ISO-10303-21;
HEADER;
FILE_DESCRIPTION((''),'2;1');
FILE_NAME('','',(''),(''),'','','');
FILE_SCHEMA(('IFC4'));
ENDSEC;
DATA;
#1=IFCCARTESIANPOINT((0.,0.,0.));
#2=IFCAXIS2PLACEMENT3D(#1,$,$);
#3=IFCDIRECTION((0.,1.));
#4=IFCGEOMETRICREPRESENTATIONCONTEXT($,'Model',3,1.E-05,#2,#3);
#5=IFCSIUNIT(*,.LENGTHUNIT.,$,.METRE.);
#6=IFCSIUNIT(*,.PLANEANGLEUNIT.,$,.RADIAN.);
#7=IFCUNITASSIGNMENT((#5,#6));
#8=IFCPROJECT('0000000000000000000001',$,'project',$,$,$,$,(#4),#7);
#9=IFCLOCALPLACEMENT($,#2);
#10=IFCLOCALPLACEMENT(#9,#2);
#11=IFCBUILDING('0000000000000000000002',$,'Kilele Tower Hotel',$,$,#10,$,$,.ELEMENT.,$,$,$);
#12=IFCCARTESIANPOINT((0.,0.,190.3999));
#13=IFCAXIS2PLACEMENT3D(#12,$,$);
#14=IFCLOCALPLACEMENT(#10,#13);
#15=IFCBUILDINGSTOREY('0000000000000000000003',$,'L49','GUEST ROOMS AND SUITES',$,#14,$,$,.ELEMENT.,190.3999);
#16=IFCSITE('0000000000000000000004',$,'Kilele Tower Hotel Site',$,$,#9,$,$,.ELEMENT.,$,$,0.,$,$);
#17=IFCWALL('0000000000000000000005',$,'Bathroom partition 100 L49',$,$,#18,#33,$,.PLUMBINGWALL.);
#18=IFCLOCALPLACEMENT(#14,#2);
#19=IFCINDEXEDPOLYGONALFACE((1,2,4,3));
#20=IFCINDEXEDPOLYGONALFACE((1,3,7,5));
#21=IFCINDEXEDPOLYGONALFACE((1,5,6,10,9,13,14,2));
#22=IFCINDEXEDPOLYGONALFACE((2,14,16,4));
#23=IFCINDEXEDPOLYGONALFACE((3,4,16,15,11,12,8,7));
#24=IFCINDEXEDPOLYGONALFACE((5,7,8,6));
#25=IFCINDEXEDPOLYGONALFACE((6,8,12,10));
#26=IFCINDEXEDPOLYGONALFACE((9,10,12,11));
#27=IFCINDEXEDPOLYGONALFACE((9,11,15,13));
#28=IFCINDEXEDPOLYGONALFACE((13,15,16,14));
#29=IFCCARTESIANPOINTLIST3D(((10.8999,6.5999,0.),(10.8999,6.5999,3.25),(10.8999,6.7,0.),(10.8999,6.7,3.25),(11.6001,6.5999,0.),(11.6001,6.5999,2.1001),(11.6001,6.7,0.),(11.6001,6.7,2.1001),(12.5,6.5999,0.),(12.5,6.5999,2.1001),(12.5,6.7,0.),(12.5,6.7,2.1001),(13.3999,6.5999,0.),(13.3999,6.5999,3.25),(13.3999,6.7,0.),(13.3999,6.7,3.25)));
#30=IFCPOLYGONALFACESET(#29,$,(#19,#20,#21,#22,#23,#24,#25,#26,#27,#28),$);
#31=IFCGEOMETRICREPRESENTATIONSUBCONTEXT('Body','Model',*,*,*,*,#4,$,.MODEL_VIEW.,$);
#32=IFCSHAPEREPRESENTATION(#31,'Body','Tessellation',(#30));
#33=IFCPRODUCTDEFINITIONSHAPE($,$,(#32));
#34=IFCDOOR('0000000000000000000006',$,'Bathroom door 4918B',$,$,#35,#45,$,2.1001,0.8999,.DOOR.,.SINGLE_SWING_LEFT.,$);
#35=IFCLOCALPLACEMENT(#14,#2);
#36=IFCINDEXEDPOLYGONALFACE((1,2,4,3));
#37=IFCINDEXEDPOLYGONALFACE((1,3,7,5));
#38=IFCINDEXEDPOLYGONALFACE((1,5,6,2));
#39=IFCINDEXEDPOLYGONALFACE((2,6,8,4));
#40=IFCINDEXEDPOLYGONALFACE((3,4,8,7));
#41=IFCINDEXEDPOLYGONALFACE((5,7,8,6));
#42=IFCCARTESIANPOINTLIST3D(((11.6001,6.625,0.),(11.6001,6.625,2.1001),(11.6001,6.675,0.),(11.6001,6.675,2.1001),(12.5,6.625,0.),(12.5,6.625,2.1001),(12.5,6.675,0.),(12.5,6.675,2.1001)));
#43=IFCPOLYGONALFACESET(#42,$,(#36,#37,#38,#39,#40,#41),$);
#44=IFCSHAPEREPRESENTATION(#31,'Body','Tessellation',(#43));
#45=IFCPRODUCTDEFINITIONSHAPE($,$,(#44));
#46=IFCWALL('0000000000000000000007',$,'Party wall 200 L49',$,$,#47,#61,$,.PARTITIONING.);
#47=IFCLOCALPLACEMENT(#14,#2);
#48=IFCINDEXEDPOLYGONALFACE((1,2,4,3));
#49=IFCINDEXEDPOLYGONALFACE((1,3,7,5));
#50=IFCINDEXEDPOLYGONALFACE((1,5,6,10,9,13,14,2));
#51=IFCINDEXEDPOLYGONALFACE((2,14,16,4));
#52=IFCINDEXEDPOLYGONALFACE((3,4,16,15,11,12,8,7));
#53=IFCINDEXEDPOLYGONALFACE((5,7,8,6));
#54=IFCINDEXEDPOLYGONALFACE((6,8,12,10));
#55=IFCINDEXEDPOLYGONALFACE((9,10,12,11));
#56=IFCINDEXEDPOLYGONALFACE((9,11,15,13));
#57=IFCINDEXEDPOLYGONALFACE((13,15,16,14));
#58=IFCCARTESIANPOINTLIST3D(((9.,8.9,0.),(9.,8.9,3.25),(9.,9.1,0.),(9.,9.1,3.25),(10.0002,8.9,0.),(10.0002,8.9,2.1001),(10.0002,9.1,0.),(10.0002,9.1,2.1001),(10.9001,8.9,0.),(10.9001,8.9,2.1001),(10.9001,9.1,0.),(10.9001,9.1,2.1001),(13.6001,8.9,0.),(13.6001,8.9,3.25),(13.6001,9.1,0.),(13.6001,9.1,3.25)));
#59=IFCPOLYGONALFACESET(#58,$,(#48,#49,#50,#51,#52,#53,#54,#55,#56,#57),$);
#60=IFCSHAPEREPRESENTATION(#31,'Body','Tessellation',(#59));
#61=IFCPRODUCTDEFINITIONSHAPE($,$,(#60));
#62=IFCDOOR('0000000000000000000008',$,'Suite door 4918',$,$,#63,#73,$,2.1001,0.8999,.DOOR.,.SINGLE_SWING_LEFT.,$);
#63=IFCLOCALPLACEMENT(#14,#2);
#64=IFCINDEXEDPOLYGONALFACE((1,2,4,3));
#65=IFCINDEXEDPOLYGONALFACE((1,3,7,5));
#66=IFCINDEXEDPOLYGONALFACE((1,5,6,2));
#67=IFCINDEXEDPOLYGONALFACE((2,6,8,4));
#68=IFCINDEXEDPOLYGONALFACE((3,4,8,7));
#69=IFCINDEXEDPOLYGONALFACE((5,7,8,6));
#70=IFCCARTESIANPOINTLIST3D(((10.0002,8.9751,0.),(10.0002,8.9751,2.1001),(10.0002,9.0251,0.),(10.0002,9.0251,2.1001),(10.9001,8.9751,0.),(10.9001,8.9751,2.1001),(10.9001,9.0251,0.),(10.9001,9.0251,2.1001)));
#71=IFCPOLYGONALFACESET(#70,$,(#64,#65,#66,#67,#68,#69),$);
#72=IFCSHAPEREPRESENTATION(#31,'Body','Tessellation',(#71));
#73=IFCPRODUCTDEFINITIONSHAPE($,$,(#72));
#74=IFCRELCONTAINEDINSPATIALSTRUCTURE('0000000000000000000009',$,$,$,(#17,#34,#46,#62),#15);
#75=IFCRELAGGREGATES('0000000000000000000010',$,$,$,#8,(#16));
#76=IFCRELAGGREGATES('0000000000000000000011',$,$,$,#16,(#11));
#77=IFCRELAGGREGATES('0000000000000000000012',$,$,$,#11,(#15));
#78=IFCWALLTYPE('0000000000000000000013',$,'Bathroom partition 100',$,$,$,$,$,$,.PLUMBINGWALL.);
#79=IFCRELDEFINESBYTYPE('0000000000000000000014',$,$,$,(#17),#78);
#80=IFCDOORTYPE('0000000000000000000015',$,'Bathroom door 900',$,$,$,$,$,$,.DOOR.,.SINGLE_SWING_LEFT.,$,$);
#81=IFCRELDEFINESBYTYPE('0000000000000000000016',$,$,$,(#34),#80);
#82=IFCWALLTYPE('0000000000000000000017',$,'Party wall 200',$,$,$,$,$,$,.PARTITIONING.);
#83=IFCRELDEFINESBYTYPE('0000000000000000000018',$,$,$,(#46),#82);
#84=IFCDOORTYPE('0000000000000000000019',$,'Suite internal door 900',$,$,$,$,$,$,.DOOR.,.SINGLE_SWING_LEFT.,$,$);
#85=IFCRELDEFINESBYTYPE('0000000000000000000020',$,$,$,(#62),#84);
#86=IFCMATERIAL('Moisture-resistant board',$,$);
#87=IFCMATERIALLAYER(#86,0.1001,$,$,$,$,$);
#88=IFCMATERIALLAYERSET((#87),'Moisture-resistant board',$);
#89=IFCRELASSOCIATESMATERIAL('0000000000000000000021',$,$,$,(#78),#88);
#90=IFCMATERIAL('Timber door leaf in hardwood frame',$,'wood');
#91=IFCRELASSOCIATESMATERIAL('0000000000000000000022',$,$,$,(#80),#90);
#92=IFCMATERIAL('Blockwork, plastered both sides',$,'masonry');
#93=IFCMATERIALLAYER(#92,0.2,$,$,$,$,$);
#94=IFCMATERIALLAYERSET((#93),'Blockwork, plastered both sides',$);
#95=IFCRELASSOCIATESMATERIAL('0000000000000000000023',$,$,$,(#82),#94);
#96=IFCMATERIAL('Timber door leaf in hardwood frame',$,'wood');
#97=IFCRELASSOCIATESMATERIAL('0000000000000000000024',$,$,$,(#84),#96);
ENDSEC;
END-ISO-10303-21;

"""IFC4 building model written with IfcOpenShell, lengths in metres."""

from ifc_helpers import new_model, si_unit, direction, frame, frame_2d, origin, place, context, subcontext, project, spatial, rectangle, extrude, material, layer, layer_set, type_object, element, fill, save


model = new_model("IFC4")

# Units and contexts
model_context = context("Model", 3, precision=1e-05, world=origin(), true_north=direction((0.0, 1.0)))
body_context = subcontext(model_context, "Body", "Model", "MODEL_VIEW")
ifc_project = project(units=[si_unit("LENGTHUNIT", "METRE"), si_unit("PLANEANGLEUNIT", "RADIAN")], contexts=[model_context])

# Site, building, storey
site_placement = place(None, origin())
site = spatial("IfcSite", under=ifc_project, at=site_placement, Name="Kilele Tower Hotel Site", CompositionType="ELEMENT", RefElevation=0.0)
building_placement = place(site_placement, origin())
building = spatial("IfcBuilding", under=site, at=building_placement, Name="Kilele Tower Hotel", CompositionType="ELEMENT")
storey_placement = place(building_placement, frame((0.0, 0.0, 190.3999)))
storey = spatial("IfcBuildingStorey", under=building, at=storey_placement, Name="L49", Description="GUEST ROOMS AND SUITES", CompositionType="ELEMENT", Elevation=190.3999)

# Shared definitions
ifc_material_1 = material(Name="Moisture-resistant board")
ifc_layer_1 = layer(ifc_material_1, 0.1001)
ifc_layer_set_1 = layer_set([ifc_layer_1], Name="Moisture-resistant board")
wall_type_1 = type_object("IfcWallType", Name="Bathroom partition 100", PredefinedType="PLUMBINGWALL", material=ifc_layer_set_1)

# Shared definitions
ifc_material_2 = material(Name="Timber door leaf in hardwood frame", Category="wood")
door_type_1 = type_object("IfcDoorType", Name="Bathroom door 900", OperationType="SINGLE_SWING_LEFT", PredefinedType="DOOR", material=ifc_material_2)

# Walls, openings, doors
wall_1_placement = place(storey_placement, frame((13.3999, 6.6499, 0.0), z_axis=(0.0, 0.0, 1.0), x_axis=(-1.0, 0.0, 0.0)))
wall_1 = element("IfcWall", 1, at=wall_1_placement, inside=storey, type_object=wall_type_1, Name="Bathroom partition 100 L49", PredefinedType="PLUMBINGWALL", context=body_context, shape_type="SweptSolid", body=[
    extrude(rectangle(XDim=2.5, YDim=0.1001, at=frame_2d((1.25, 0.0))), origin(), (0.0, 0.0, 1.0), 3.25),
])
opening_1_placement = place(wall_1_placement, frame((0.8999, 0.0, 0.0)))
opening_1 = element("IfcOpeningElement", 2, at=opening_1_placement, cuts=wall_1, PredefinedType="OPENING", context=body_context, shape_type="SweptSolid", body=[
    extrude(rectangle(XDim=0.8999, YDim=2.1001, at=frame_2d((0.45, 1.05))), frame((0.0, 0.0601, 0.0), z_axis=(0.0, -1.0, 0.0), x_axis=(1.0, 0.0, 0.0)), (0.0, 0.0, 1.0), 0.1201),
])
door_1_placement = place(opening_1_placement, origin())
door_1 = element("IfcDoor", 3, at=door_1_placement, inside=storey, type_object=door_type_1, Name="Bathroom door 4918B", OperationType="SINGLE_SWING_LEFT", OverallHeight=2.1001, OverallWidth=0.8999, PredefinedType="DOOR", context=body_context, shape_type="SweptSolid", body=[
    extrude(rectangle(XDim=0.8999, YDim=2.1001, at=frame_2d((0.45, 1.05))), frame((0.0, 0.0249, 0.0), z_axis=(0.0, -1.0, 0.0), x_axis=(1.0, 0.0, 0.0)), (0.0, 0.0, 1.0), 0.05),
])
fill(opening_1, door_1)
ifc_material_3 = material(Name="Blockwork, plastered both sides", Category="masonry")
ifc_layer_2 = layer(ifc_material_3, 0.2)
ifc_layer_set_2 = layer_set([ifc_layer_2], Name="Blockwork, plastered both sides")
wall_type_2 = type_object("IfcWallType", Name="Party wall 200", PredefinedType="PARTITIONING", material=ifc_layer_set_2)
wall_2_placement = place(storey_placement, frame((13.6001, 9.0, 0.0), z_axis=(0.0, 0.0, 1.0), x_axis=(-1.0, 0.0, 0.0)))
wall_2 = element("IfcWall", 4, at=wall_2_placement, inside=storey, type_object=wall_type_2, Name="Party wall 200 L49", PredefinedType="PARTITIONING", context=body_context, shape_type="SweptSolid", body=[
    extrude(rectangle(XDim=4.6001, YDim=0.2, at=frame_2d((2.3, 0.0))), origin(), (0.0, 0.0, 1.0), 3.25),
])
opening_2_placement = place(wall_2_placement, frame((2.7, 0.0, 0.0)))
opening_2 = element("IfcOpeningElement", 5, at=opening_2_placement, cuts=wall_2, PredefinedType="OPENING", context=body_context, shape_type="SweptSolid", body=[
    extrude(rectangle(XDim=0.8999, YDim=2.1001, at=frame_2d((0.45, 1.05))), frame((0.0, 0.1099, 0.0), z_axis=(0.0, -1.0, 0.0), x_axis=(1.0, 0.0, 0.0)), (0.0, 0.0, 1.0), 0.22),
])
ifc_material_4 = material(Name="Timber door leaf in hardwood frame", Category="wood")
door_type_2 = type_object("IfcDoorType", Name="Suite internal door 900", OperationType="SINGLE_SWING_LEFT", PredefinedType="DOOR", material=ifc_material_4)
door_2_placement = place(opening_2_placement, origin())
door_2 = element("IfcDoor", 6, at=door_2_placement, inside=storey, type_object=door_type_2, Name="Suite door 4918", OperationType="SINGLE_SWING_LEFT", OverallHeight=2.1001, OverallWidth=0.8999, PredefinedType="DOOR", context=body_context, shape_type="SweptSolid", body=[
    extrude(rectangle(XDim=0.8999, YDim=2.1001, at=frame_2d((0.45, 1.05))), frame((0.0, 0.0249, 0.0), z_axis=(0.0, -1.0, 0.0), x_axis=(1.0, 0.0, 0.0)), (0.0, 0.0, 1.0), 0.05),
])
fill(opening_2, door_2)

save(model, "model.ifc")
